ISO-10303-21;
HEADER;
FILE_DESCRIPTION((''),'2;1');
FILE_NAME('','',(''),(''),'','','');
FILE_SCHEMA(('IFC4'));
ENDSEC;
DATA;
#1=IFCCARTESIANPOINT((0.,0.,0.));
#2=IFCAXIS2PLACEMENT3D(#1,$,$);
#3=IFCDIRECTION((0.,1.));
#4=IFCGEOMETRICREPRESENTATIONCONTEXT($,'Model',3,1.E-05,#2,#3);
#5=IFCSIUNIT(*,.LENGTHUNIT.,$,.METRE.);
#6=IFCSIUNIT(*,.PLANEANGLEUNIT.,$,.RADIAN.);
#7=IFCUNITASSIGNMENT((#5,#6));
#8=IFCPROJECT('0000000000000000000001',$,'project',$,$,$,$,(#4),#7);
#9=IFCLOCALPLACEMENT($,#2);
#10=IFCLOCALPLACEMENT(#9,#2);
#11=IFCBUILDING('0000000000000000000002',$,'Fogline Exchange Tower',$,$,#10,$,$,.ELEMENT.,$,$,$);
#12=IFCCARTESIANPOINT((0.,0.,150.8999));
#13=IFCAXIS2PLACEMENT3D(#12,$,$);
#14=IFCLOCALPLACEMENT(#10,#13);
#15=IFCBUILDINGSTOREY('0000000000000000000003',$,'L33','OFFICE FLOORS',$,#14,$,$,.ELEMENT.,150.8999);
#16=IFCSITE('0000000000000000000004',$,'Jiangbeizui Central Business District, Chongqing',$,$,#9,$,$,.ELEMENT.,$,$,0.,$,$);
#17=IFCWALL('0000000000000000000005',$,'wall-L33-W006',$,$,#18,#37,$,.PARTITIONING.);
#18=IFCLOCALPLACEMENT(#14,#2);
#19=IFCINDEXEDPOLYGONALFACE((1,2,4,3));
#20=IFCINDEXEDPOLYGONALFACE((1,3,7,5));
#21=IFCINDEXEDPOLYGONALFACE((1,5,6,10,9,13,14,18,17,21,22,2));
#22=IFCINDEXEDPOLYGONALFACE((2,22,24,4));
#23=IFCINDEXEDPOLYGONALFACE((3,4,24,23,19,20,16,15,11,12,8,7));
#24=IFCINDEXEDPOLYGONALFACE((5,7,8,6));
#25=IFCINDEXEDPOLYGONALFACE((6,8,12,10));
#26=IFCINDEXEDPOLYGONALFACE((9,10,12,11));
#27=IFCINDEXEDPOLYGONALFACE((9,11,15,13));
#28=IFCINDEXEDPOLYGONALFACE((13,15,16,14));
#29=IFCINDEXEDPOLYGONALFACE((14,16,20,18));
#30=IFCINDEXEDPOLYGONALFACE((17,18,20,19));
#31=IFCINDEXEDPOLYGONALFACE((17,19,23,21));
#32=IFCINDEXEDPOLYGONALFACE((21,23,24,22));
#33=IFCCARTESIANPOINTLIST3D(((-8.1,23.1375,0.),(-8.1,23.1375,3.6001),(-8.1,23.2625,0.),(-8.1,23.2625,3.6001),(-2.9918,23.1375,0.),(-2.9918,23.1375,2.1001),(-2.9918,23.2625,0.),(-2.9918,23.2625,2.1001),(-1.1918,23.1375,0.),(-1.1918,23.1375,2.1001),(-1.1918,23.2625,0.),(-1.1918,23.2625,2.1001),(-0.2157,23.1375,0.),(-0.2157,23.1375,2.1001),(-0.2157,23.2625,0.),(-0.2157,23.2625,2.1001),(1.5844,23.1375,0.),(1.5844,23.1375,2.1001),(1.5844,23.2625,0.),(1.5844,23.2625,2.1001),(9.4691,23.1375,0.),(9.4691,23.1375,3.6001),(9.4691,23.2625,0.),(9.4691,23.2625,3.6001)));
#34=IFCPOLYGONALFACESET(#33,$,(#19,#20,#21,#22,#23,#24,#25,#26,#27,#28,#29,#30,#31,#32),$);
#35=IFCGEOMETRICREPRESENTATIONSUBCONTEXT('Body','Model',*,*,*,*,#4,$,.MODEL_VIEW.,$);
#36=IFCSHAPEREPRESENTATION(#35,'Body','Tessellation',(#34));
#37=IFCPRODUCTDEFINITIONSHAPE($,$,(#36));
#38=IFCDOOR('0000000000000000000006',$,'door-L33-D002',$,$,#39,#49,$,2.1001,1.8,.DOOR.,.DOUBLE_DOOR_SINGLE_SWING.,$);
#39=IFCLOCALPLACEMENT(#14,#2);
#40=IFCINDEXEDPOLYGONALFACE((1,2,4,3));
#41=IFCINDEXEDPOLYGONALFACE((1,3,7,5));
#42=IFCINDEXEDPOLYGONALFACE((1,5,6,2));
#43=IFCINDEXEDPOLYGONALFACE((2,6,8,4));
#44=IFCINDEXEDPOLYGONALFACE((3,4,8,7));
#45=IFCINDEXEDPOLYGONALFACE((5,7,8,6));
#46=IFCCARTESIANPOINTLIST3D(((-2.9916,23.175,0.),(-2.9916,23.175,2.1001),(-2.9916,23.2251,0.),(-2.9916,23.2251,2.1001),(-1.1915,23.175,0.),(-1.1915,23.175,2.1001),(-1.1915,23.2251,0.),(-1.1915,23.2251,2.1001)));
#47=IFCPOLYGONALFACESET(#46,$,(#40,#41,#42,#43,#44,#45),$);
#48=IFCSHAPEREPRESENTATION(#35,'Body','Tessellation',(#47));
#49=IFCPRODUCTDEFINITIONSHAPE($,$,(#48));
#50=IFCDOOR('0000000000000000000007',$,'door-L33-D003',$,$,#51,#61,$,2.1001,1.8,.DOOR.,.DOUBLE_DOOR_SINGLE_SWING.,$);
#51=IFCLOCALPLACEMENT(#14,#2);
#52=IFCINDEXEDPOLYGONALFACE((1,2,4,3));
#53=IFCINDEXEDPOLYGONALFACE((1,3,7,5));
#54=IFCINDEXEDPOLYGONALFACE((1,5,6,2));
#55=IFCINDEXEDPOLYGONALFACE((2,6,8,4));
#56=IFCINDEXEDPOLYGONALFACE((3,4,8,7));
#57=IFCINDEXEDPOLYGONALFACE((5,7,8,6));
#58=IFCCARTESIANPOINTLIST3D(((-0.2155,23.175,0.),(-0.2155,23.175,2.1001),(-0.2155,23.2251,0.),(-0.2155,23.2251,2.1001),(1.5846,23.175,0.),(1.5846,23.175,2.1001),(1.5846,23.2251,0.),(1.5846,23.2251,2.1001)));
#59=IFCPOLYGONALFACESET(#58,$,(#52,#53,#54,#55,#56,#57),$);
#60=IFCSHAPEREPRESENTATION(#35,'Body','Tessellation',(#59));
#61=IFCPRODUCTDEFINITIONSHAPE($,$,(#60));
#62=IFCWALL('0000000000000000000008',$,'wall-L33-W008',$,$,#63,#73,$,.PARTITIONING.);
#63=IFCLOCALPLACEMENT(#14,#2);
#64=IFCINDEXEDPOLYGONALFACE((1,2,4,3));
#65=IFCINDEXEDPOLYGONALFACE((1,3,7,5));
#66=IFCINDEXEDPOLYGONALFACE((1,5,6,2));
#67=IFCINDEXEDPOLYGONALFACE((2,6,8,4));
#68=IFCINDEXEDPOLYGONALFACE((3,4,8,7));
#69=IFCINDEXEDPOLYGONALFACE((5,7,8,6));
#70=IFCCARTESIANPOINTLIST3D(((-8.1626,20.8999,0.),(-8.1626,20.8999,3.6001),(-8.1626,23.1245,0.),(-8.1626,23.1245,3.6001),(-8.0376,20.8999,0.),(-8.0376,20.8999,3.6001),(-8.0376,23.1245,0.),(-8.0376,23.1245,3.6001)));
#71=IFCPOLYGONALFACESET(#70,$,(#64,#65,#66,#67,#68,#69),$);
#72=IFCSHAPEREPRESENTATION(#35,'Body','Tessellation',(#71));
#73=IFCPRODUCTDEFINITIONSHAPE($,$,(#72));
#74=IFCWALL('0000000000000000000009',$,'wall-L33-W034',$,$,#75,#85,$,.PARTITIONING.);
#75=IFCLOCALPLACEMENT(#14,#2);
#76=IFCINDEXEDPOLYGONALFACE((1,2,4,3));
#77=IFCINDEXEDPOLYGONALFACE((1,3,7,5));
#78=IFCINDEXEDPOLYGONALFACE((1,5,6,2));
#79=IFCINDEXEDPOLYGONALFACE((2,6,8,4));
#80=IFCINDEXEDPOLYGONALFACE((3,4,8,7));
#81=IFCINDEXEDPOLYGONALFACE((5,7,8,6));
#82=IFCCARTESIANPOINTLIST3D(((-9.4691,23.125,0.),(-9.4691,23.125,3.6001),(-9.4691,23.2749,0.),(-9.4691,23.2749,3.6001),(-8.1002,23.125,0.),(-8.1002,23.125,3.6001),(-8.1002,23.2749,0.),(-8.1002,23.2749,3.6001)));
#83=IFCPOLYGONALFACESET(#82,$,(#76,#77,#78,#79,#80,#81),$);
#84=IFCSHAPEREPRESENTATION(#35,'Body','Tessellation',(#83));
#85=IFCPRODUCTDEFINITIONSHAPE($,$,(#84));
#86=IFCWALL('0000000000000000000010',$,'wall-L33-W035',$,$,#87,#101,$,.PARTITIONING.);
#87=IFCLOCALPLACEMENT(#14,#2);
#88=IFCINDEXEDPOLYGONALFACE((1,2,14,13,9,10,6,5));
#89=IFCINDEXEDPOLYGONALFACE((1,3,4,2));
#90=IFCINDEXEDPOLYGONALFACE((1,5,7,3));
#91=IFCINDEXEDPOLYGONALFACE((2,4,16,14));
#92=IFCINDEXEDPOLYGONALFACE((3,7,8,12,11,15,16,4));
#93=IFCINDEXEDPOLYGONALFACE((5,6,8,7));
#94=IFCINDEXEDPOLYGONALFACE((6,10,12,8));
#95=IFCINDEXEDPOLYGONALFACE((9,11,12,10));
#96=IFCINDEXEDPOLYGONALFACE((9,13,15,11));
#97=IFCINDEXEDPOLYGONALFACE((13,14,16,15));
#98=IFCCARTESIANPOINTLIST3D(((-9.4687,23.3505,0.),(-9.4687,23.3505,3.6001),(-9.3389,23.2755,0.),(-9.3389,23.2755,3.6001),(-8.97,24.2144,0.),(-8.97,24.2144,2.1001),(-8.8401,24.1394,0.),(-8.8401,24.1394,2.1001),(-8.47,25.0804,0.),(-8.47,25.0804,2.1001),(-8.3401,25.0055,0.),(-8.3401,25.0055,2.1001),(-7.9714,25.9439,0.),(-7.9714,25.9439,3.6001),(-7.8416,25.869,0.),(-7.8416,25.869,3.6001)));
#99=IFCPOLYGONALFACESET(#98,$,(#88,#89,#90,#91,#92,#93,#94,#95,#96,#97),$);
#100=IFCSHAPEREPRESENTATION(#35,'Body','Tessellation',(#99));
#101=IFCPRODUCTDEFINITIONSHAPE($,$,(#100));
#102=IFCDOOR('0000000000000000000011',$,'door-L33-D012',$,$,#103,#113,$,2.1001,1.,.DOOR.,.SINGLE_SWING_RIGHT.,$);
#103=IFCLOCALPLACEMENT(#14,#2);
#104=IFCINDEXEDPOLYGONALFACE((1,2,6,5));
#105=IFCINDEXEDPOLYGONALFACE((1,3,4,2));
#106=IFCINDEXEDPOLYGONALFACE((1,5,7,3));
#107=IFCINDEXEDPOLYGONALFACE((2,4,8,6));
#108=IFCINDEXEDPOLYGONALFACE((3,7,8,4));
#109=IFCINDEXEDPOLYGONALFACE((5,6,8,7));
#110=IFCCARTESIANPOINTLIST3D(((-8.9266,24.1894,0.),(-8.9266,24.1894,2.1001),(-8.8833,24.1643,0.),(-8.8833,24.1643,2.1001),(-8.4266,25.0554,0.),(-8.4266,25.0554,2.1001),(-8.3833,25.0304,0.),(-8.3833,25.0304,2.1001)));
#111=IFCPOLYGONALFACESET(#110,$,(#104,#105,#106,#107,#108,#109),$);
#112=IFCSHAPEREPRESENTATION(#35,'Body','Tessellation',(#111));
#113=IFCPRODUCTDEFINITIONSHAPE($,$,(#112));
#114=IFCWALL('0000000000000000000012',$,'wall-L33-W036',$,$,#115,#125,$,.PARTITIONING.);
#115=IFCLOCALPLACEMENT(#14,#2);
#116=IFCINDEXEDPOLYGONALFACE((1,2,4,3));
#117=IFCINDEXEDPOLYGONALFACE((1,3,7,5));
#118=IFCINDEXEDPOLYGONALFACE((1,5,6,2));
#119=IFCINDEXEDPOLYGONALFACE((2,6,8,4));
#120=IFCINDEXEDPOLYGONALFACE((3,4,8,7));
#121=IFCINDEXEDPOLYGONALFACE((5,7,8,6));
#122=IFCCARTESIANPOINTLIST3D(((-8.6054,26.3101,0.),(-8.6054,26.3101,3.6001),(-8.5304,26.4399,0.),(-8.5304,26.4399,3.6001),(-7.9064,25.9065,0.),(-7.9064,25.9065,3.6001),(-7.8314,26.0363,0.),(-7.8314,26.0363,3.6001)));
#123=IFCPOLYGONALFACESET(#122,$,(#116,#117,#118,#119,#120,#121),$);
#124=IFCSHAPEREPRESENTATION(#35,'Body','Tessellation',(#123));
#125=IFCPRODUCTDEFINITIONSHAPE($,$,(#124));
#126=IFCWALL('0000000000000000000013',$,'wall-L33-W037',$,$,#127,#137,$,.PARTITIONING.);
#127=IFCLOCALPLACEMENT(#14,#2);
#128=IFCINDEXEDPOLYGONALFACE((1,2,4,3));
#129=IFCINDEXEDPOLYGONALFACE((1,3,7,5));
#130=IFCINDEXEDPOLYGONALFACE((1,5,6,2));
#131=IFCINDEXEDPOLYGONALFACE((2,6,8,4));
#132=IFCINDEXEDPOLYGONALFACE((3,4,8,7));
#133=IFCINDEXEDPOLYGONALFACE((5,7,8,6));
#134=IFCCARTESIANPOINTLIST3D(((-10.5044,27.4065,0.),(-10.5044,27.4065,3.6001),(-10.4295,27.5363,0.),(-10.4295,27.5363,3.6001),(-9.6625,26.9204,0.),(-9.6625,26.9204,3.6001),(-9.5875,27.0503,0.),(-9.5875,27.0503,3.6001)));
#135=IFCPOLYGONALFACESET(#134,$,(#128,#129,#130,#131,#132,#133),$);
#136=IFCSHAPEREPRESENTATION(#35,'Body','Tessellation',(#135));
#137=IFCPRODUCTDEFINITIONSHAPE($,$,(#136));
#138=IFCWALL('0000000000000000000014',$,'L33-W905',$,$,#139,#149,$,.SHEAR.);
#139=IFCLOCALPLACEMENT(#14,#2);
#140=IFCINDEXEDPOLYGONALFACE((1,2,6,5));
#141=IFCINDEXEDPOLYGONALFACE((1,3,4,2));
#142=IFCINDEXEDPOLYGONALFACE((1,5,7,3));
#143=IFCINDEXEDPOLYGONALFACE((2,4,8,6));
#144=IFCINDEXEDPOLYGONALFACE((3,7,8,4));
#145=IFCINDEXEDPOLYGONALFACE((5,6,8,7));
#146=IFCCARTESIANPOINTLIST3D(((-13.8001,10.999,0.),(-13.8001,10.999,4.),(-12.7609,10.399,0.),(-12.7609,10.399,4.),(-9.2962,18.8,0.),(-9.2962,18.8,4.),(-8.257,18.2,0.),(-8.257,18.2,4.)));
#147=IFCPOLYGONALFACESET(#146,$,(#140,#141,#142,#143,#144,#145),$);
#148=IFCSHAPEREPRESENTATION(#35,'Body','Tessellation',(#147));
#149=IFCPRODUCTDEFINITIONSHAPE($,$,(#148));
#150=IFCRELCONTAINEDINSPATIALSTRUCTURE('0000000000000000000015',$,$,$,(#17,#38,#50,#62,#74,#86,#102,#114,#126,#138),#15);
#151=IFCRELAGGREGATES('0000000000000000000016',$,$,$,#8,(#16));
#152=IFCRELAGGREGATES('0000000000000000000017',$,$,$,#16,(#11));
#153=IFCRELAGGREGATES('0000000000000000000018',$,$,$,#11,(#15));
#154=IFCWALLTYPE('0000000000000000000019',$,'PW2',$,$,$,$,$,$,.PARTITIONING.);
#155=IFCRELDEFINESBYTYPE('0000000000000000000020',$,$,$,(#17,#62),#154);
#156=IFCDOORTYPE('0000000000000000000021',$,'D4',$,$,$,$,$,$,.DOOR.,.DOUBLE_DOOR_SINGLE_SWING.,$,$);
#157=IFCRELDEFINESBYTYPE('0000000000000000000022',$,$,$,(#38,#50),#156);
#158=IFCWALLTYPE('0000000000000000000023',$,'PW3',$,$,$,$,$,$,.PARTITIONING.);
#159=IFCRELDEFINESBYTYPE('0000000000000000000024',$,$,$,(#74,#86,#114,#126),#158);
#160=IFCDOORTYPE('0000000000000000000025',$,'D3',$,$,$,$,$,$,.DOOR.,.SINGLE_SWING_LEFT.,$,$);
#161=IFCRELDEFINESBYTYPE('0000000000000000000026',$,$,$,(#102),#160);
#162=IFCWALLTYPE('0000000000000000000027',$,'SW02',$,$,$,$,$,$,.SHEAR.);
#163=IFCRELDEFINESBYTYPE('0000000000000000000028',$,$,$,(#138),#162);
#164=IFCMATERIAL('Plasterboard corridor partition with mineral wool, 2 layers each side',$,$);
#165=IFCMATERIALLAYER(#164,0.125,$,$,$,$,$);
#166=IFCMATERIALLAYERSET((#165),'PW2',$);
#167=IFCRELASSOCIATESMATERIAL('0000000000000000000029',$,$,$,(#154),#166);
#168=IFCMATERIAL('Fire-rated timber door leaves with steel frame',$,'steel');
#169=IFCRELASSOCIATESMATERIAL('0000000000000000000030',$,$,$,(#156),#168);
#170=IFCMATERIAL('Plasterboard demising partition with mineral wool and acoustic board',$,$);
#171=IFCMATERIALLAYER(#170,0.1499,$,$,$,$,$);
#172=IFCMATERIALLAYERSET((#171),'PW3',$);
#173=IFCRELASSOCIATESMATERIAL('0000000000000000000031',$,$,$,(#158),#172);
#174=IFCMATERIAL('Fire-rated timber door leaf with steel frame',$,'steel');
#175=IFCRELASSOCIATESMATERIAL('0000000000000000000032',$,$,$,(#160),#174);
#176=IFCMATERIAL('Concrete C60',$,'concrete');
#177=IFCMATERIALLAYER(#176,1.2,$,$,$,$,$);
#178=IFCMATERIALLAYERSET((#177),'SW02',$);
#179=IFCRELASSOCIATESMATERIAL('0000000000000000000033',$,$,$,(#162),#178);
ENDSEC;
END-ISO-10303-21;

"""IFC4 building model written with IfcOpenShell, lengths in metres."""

from ifc_helpers import new_model, si_unit, direction, frame, frame_2d, origin, place, context, subcontext, project, spatial, rectangle, extrude, material, layer, layer_set, type_object, element, fill, save


model = new_model("IFC4")

# Units and contexts
model_context = context("Model", 3, precision=1e-05, world=origin(), true_north=direction((0.0, 1.0)))
body_context = subcontext(model_context, "Body", "Model", "MODEL_VIEW")
ifc_project = project(units=[si_unit("LENGTHUNIT", "METRE"), si_unit("PLANEANGLEUNIT", "RADIAN")], contexts=[model_context])

# Site, building, storey
site_placement = place(None, origin())
site = spatial("IfcSite", under=ifc_project, at=site_placement, Name="Jiangbeizui Central Business District, Chongqing", CompositionType="ELEMENT", RefElevation=0.0)
building_placement = place(site_placement, origin())
building = spatial("IfcBuilding", under=site, at=building_placement, Name="Fogline Exchange Tower", CompositionType="ELEMENT")
storey_placement = place(building_placement, frame((0.0, 0.0, 150.8999)))
storey = spatial("IfcBuildingStorey", under=building, at=storey_placement, Name="L33", Description="OFFICE FLOORS", CompositionType="ELEMENT", Elevation=150.8999)

# Wall, openings, doors
ifc_material_1 = material(Name="Plasterboard corridor partition with mineral wool, 2 layers each side")
ifc_layer_1 = layer(ifc_material_1, 0.125)
ifc_layer_set_1 = layer_set([ifc_layer_1], Name="PW2")
wall_type_1 = type_object("IfcWallType", Name="PW2", PredefinedType="PARTITIONING", material=ifc_layer_set_1)
wall_1_placement = place(storey_placement, frame((-8.1001, 23.2, 0.0), z_axis=(0.0, 0.0, 1.0), x_axis=(1.0, 0.0, 0.0)))
wall_1 = element("IfcWall", 1, at=wall_1_placement, inside=storey, type_object=wall_type_1, Name="wall-L33-W006", PredefinedType="PARTITIONING", context=body_context, shape_type="SweptSolid", body=[
    extrude(rectangle(XDim=17.5691, YDim=0.125, at=frame_2d((8.7847, 0.0))), origin(), (0.0, 0.0, 1.0), 3.6001),
])
opening_1_placement = place(wall_1_placement, frame((5.1084, 0.0, 0.0)))
opening_1 = element("IfcOpeningElement", 2, at=opening_1_placement, cuts=wall_1, PredefinedType="OPENING", context=body_context, shape_type="SweptSolid", body=[
    extrude(rectangle(XDim=1.8, YDim=2.1001, at=frame_2d((0.8999, 1.05))), frame((0.0, 0.0725, 0.0), z_axis=(0.0, -1.0, 0.0), x_axis=(1.0, 0.0, 0.0)), (0.0, 0.0, 1.0), 0.145),
])
opening_2_placement = place(wall_1_placement, frame((7.8845, 0.0, 0.0)))
opening_2 = element("IfcOpeningElement", 3, at=opening_2_placement, cuts=wall_1, PredefinedType="OPENING", context=body_context, shape_type="SweptSolid", body=[
    extrude(rectangle(XDim=1.8, YDim=2.1001, at=frame_2d((0.8999, 1.05))), frame((0.0, 0.0725, 0.0), z_axis=(0.0, -1.0, 0.0), x_axis=(1.0, 0.0, 0.0)), (0.0, 0.0, 1.0), 0.145),
])
ifc_material_2 = material(Name="Fire-rated timber door leaves with steel frame", Category="steel")
door_type_1 = type_object("IfcDoorType", Name="D4", OperationType="DOUBLE_DOOR_SINGLE_SWING", PredefinedType="DOOR", material=ifc_material_2)
door_1_placement = place(opening_1_placement, frame((1.8, 0.0, 0.0), z_axis=(0.0, 0.0, 1.0), x_axis=(-1.0, 0.0, 0.0)))
door_1 = element("IfcDoor", 4, at=door_1_placement, inside=storey, type_object=door_type_1, Name="door-L33-D002", OperationType="DOUBLE_DOOR_SINGLE_SWING", OverallHeight=2.1001, OverallWidth=1.8, PredefinedType="DOOR", context=body_context, shape_type="SweptSolid", body=[
    extrude(rectangle(XDim=1.8, YDim=2.1001, at=frame_2d((0.8999, 1.05))), frame((0.0, 0.0249, 0.0), z_axis=(0.0, -1.0, 0.0), x_axis=(1.0, 0.0, 0.0)), (0.0, 0.0, 1.0), 0.05),
])
fill(opening_1, door_1)
door_2_placement = place(opening_2_placement, frame((1.8, 0.0, 0.0), z_axis=(0.0, 0.0, 1.0), x_axis=(-1.0, 0.0, 0.0)))
door_2 = element("IfcDoor", 5, at=door_2_placement, inside=storey, type_object=door_type_1, Name="door-L33-D003", OperationType="DOUBLE_DOOR_SINGLE_SWING", OverallHeight=2.1001, OverallWidth=1.8, PredefinedType="DOOR", context=body_context, shape_type="SweptSolid", body=[
    extrude(rectangle(XDim=1.8, YDim=2.1001, at=frame_2d((0.8999, 1.05))), frame((0.0, 0.0249, 0.0), z_axis=(0.0, -1.0, 0.0), x_axis=(1.0, 0.0, 0.0)), (0.0, 0.0, 1.0), 0.05),
])
fill(opening_2, door_2)

# Walls
wall_2_placement = place(storey_placement, frame((-8.1001, 20.8999, 0.0), z_axis=(0.0, 0.0, 1.0), x_axis=(0.0, 1.0, 0.0)))
element("IfcWall", 6, at=wall_2_placement, inside=storey, type_object=wall_type_1, Name="wall-L33-W008", PredefinedType="PARTITIONING", context=body_context, shape_type="SweptSolid", body=[
    extrude(rectangle(XDim=2.2246, YDim=0.125, at=frame_2d((1.1123, 0.0))), origin(), (0.0, 0.0, 1.0), 3.6001),
])
ifc_material_3 = material(Name="Plasterboard demising partition with mineral wool and acoustic board")
ifc_layer_2 = layer(ifc_material_3, 0.1499)
ifc_layer_set_2 = layer_set([ifc_layer_2], Name="PW3")
wall_type_2 = type_object("IfcWallType", Name="PW3", PredefinedType="PARTITIONING", material=ifc_layer_set_2)
wall_3_placement = place(storey_placement, frame((-8.1001, 23.2, 0.0), z_axis=(0.0, 0.0, 1.0), x_axis=(-1.0, 0.0, 0.0)))
element("IfcWall", 7, at=wall_3_placement, inside=storey, type_object=wall_type_2, Name="wall-L33-W034", PredefinedType="PARTITIONING", context=body_context, shape_type="SweptSolid", body=[
    extrude(rectangle(XDim=1.3689, YDim=0.1499, at=frame_2d((0.6846, 0.0))), origin(), (0.0, 0.0, 1.0), 3.6001),
])

# Wall, opening, door
wall_4_placement = place(storey_placement, frame((-9.4038, 23.313, 0.0), z_axis=(0.0, 0.0, 1.0), x_axis=(0.499988, 0.866032, 0.0)))
wall_4 = element("IfcWall", 8, at=wall_4_placement, inside=storey, type_object=wall_type_2, Name="wall-L33-W035", PredefinedType="PARTITIONING", context=body_context, shape_type="SweptSolid", body=[
    extrude(rectangle(XDim=2.9946, YDim=0.1499, at=frame_2d((1.4973, 0.0))), origin(), (0.0, 0.0, 1.0), 3.6001),
])
opening_3_placement = place(wall_4_placement, frame((0.9976, 0.0, 0.0)))
opening_3 = element("IfcOpeningElement", 9, at=opening_3_placement, cuts=wall_4, PredefinedType="OPENING", context=body_context, shape_type="SweptSolid", body=[
    extrude(rectangle(XDim=1.0, YDim=2.1001, at=frame_2d((0.5, 1.05))), frame((0.0, 0.085, 0.0), z_axis=(0.0, -1.0, 0.0), x_axis=(1.0, 0.0, 0.0)), (0.0, 0.0, 1.0), 0.1699),
])
ifc_material_4 = material(Name="Fire-rated timber door leaf with steel frame", Category="steel")
door_type_2 = type_object("IfcDoorType", Name="D3", OperationType="SINGLE_SWING_LEFT", PredefinedType="DOOR", material=ifc_material_4)
door_3_placement = place(opening_3_placement, origin())
door_3 = element("IfcDoor", 10, at=door_3_placement, inside=storey, type_object=door_type_2, Name="door-L33-D012", OperationType="SINGLE_SWING_RIGHT", OverallHeight=2.1001, OverallWidth=1.0, PredefinedType="DOOR", context=body_context, shape_type="SweptSolid", body=[
    extrude(rectangle(XDim=1.0, YDim=2.1001, at=frame_2d((0.5, 1.05))), frame((0.0, 0.0249, 0.0), z_axis=(0.0, -1.0, 0.0), x_axis=(1.0, 0.0, 0.0)), (0.0, 0.0, 1.0), 0.05),
])
fill(opening_3, door_3)

# Walls
wall_5_placement = place(storey_placement, frame((-7.8689, 25.9714, 0.0), z_axis=(0.0, 0.0, 1.0), x_axis=(-0.866019, 0.50001, 0.0)))
element("IfcWall", 11, at=wall_5_placement, inside=storey, type_object=wall_type_2, Name="wall-L33-W036", PredefinedType="PARTITIONING", context=body_context, shape_type="SweptSolid", body=[
    extrude(rectangle(XDim=0.8071, YDim=0.1499, at=frame_2d((0.4036, 0.0))), origin(), (0.0, 0.0, 1.0), 3.6001),
])
wall_6_placement = place(storey_placement, frame((-9.625, 26.9854, 0.0), z_axis=(0.0, 0.0, 1.0), x_axis=(-0.866056, 0.499947, 0.0)))
element("IfcWall", 12, at=wall_6_placement, inside=storey, type_object=wall_type_2, Name="wall-L33-W037", PredefinedType="PARTITIONING", context=body_context, shape_type="SweptSolid", body=[
    extrude(rectangle(XDim=0.9722, YDim=0.1499, at=frame_2d((0.4861, 0.0))), origin(), (0.0, 0.0, 1.0), 3.6001),
])
ifc_material_5 = material(Name="Concrete C60", Category="concrete")
ifc_layer_3 = layer(ifc_material_5, 1.2)
ifc_layer_set_3 = layer_set([ifc_layer_3], Name="SW02")
wall_type_3 = type_object("IfcWallType", Name="SW02", PredefinedType="SHEAR", material=ifc_layer_set_3)
wall_7_placement = place(storey_placement, frame((-8.7766, 18.5, 0.0), z_axis=(0.0, 0.0, 1.0), x_axis=(-0.499999, -0.866026, 0.0)))
element("IfcWall", 13, at=wall_7_placement, inside=storey, type_object=wall_type_3, Name="L33-W905", PredefinedType="SHEAR", context=body_context, shape_type="SweptSolid", body=[
    extrude(rectangle(XDim=9.0078, YDim=1.2, at=frame_2d((4.5039, 0.0))), origin(), (0.0, 0.0, 1.0), 4.0),
])

save(model, "model.ifc")
